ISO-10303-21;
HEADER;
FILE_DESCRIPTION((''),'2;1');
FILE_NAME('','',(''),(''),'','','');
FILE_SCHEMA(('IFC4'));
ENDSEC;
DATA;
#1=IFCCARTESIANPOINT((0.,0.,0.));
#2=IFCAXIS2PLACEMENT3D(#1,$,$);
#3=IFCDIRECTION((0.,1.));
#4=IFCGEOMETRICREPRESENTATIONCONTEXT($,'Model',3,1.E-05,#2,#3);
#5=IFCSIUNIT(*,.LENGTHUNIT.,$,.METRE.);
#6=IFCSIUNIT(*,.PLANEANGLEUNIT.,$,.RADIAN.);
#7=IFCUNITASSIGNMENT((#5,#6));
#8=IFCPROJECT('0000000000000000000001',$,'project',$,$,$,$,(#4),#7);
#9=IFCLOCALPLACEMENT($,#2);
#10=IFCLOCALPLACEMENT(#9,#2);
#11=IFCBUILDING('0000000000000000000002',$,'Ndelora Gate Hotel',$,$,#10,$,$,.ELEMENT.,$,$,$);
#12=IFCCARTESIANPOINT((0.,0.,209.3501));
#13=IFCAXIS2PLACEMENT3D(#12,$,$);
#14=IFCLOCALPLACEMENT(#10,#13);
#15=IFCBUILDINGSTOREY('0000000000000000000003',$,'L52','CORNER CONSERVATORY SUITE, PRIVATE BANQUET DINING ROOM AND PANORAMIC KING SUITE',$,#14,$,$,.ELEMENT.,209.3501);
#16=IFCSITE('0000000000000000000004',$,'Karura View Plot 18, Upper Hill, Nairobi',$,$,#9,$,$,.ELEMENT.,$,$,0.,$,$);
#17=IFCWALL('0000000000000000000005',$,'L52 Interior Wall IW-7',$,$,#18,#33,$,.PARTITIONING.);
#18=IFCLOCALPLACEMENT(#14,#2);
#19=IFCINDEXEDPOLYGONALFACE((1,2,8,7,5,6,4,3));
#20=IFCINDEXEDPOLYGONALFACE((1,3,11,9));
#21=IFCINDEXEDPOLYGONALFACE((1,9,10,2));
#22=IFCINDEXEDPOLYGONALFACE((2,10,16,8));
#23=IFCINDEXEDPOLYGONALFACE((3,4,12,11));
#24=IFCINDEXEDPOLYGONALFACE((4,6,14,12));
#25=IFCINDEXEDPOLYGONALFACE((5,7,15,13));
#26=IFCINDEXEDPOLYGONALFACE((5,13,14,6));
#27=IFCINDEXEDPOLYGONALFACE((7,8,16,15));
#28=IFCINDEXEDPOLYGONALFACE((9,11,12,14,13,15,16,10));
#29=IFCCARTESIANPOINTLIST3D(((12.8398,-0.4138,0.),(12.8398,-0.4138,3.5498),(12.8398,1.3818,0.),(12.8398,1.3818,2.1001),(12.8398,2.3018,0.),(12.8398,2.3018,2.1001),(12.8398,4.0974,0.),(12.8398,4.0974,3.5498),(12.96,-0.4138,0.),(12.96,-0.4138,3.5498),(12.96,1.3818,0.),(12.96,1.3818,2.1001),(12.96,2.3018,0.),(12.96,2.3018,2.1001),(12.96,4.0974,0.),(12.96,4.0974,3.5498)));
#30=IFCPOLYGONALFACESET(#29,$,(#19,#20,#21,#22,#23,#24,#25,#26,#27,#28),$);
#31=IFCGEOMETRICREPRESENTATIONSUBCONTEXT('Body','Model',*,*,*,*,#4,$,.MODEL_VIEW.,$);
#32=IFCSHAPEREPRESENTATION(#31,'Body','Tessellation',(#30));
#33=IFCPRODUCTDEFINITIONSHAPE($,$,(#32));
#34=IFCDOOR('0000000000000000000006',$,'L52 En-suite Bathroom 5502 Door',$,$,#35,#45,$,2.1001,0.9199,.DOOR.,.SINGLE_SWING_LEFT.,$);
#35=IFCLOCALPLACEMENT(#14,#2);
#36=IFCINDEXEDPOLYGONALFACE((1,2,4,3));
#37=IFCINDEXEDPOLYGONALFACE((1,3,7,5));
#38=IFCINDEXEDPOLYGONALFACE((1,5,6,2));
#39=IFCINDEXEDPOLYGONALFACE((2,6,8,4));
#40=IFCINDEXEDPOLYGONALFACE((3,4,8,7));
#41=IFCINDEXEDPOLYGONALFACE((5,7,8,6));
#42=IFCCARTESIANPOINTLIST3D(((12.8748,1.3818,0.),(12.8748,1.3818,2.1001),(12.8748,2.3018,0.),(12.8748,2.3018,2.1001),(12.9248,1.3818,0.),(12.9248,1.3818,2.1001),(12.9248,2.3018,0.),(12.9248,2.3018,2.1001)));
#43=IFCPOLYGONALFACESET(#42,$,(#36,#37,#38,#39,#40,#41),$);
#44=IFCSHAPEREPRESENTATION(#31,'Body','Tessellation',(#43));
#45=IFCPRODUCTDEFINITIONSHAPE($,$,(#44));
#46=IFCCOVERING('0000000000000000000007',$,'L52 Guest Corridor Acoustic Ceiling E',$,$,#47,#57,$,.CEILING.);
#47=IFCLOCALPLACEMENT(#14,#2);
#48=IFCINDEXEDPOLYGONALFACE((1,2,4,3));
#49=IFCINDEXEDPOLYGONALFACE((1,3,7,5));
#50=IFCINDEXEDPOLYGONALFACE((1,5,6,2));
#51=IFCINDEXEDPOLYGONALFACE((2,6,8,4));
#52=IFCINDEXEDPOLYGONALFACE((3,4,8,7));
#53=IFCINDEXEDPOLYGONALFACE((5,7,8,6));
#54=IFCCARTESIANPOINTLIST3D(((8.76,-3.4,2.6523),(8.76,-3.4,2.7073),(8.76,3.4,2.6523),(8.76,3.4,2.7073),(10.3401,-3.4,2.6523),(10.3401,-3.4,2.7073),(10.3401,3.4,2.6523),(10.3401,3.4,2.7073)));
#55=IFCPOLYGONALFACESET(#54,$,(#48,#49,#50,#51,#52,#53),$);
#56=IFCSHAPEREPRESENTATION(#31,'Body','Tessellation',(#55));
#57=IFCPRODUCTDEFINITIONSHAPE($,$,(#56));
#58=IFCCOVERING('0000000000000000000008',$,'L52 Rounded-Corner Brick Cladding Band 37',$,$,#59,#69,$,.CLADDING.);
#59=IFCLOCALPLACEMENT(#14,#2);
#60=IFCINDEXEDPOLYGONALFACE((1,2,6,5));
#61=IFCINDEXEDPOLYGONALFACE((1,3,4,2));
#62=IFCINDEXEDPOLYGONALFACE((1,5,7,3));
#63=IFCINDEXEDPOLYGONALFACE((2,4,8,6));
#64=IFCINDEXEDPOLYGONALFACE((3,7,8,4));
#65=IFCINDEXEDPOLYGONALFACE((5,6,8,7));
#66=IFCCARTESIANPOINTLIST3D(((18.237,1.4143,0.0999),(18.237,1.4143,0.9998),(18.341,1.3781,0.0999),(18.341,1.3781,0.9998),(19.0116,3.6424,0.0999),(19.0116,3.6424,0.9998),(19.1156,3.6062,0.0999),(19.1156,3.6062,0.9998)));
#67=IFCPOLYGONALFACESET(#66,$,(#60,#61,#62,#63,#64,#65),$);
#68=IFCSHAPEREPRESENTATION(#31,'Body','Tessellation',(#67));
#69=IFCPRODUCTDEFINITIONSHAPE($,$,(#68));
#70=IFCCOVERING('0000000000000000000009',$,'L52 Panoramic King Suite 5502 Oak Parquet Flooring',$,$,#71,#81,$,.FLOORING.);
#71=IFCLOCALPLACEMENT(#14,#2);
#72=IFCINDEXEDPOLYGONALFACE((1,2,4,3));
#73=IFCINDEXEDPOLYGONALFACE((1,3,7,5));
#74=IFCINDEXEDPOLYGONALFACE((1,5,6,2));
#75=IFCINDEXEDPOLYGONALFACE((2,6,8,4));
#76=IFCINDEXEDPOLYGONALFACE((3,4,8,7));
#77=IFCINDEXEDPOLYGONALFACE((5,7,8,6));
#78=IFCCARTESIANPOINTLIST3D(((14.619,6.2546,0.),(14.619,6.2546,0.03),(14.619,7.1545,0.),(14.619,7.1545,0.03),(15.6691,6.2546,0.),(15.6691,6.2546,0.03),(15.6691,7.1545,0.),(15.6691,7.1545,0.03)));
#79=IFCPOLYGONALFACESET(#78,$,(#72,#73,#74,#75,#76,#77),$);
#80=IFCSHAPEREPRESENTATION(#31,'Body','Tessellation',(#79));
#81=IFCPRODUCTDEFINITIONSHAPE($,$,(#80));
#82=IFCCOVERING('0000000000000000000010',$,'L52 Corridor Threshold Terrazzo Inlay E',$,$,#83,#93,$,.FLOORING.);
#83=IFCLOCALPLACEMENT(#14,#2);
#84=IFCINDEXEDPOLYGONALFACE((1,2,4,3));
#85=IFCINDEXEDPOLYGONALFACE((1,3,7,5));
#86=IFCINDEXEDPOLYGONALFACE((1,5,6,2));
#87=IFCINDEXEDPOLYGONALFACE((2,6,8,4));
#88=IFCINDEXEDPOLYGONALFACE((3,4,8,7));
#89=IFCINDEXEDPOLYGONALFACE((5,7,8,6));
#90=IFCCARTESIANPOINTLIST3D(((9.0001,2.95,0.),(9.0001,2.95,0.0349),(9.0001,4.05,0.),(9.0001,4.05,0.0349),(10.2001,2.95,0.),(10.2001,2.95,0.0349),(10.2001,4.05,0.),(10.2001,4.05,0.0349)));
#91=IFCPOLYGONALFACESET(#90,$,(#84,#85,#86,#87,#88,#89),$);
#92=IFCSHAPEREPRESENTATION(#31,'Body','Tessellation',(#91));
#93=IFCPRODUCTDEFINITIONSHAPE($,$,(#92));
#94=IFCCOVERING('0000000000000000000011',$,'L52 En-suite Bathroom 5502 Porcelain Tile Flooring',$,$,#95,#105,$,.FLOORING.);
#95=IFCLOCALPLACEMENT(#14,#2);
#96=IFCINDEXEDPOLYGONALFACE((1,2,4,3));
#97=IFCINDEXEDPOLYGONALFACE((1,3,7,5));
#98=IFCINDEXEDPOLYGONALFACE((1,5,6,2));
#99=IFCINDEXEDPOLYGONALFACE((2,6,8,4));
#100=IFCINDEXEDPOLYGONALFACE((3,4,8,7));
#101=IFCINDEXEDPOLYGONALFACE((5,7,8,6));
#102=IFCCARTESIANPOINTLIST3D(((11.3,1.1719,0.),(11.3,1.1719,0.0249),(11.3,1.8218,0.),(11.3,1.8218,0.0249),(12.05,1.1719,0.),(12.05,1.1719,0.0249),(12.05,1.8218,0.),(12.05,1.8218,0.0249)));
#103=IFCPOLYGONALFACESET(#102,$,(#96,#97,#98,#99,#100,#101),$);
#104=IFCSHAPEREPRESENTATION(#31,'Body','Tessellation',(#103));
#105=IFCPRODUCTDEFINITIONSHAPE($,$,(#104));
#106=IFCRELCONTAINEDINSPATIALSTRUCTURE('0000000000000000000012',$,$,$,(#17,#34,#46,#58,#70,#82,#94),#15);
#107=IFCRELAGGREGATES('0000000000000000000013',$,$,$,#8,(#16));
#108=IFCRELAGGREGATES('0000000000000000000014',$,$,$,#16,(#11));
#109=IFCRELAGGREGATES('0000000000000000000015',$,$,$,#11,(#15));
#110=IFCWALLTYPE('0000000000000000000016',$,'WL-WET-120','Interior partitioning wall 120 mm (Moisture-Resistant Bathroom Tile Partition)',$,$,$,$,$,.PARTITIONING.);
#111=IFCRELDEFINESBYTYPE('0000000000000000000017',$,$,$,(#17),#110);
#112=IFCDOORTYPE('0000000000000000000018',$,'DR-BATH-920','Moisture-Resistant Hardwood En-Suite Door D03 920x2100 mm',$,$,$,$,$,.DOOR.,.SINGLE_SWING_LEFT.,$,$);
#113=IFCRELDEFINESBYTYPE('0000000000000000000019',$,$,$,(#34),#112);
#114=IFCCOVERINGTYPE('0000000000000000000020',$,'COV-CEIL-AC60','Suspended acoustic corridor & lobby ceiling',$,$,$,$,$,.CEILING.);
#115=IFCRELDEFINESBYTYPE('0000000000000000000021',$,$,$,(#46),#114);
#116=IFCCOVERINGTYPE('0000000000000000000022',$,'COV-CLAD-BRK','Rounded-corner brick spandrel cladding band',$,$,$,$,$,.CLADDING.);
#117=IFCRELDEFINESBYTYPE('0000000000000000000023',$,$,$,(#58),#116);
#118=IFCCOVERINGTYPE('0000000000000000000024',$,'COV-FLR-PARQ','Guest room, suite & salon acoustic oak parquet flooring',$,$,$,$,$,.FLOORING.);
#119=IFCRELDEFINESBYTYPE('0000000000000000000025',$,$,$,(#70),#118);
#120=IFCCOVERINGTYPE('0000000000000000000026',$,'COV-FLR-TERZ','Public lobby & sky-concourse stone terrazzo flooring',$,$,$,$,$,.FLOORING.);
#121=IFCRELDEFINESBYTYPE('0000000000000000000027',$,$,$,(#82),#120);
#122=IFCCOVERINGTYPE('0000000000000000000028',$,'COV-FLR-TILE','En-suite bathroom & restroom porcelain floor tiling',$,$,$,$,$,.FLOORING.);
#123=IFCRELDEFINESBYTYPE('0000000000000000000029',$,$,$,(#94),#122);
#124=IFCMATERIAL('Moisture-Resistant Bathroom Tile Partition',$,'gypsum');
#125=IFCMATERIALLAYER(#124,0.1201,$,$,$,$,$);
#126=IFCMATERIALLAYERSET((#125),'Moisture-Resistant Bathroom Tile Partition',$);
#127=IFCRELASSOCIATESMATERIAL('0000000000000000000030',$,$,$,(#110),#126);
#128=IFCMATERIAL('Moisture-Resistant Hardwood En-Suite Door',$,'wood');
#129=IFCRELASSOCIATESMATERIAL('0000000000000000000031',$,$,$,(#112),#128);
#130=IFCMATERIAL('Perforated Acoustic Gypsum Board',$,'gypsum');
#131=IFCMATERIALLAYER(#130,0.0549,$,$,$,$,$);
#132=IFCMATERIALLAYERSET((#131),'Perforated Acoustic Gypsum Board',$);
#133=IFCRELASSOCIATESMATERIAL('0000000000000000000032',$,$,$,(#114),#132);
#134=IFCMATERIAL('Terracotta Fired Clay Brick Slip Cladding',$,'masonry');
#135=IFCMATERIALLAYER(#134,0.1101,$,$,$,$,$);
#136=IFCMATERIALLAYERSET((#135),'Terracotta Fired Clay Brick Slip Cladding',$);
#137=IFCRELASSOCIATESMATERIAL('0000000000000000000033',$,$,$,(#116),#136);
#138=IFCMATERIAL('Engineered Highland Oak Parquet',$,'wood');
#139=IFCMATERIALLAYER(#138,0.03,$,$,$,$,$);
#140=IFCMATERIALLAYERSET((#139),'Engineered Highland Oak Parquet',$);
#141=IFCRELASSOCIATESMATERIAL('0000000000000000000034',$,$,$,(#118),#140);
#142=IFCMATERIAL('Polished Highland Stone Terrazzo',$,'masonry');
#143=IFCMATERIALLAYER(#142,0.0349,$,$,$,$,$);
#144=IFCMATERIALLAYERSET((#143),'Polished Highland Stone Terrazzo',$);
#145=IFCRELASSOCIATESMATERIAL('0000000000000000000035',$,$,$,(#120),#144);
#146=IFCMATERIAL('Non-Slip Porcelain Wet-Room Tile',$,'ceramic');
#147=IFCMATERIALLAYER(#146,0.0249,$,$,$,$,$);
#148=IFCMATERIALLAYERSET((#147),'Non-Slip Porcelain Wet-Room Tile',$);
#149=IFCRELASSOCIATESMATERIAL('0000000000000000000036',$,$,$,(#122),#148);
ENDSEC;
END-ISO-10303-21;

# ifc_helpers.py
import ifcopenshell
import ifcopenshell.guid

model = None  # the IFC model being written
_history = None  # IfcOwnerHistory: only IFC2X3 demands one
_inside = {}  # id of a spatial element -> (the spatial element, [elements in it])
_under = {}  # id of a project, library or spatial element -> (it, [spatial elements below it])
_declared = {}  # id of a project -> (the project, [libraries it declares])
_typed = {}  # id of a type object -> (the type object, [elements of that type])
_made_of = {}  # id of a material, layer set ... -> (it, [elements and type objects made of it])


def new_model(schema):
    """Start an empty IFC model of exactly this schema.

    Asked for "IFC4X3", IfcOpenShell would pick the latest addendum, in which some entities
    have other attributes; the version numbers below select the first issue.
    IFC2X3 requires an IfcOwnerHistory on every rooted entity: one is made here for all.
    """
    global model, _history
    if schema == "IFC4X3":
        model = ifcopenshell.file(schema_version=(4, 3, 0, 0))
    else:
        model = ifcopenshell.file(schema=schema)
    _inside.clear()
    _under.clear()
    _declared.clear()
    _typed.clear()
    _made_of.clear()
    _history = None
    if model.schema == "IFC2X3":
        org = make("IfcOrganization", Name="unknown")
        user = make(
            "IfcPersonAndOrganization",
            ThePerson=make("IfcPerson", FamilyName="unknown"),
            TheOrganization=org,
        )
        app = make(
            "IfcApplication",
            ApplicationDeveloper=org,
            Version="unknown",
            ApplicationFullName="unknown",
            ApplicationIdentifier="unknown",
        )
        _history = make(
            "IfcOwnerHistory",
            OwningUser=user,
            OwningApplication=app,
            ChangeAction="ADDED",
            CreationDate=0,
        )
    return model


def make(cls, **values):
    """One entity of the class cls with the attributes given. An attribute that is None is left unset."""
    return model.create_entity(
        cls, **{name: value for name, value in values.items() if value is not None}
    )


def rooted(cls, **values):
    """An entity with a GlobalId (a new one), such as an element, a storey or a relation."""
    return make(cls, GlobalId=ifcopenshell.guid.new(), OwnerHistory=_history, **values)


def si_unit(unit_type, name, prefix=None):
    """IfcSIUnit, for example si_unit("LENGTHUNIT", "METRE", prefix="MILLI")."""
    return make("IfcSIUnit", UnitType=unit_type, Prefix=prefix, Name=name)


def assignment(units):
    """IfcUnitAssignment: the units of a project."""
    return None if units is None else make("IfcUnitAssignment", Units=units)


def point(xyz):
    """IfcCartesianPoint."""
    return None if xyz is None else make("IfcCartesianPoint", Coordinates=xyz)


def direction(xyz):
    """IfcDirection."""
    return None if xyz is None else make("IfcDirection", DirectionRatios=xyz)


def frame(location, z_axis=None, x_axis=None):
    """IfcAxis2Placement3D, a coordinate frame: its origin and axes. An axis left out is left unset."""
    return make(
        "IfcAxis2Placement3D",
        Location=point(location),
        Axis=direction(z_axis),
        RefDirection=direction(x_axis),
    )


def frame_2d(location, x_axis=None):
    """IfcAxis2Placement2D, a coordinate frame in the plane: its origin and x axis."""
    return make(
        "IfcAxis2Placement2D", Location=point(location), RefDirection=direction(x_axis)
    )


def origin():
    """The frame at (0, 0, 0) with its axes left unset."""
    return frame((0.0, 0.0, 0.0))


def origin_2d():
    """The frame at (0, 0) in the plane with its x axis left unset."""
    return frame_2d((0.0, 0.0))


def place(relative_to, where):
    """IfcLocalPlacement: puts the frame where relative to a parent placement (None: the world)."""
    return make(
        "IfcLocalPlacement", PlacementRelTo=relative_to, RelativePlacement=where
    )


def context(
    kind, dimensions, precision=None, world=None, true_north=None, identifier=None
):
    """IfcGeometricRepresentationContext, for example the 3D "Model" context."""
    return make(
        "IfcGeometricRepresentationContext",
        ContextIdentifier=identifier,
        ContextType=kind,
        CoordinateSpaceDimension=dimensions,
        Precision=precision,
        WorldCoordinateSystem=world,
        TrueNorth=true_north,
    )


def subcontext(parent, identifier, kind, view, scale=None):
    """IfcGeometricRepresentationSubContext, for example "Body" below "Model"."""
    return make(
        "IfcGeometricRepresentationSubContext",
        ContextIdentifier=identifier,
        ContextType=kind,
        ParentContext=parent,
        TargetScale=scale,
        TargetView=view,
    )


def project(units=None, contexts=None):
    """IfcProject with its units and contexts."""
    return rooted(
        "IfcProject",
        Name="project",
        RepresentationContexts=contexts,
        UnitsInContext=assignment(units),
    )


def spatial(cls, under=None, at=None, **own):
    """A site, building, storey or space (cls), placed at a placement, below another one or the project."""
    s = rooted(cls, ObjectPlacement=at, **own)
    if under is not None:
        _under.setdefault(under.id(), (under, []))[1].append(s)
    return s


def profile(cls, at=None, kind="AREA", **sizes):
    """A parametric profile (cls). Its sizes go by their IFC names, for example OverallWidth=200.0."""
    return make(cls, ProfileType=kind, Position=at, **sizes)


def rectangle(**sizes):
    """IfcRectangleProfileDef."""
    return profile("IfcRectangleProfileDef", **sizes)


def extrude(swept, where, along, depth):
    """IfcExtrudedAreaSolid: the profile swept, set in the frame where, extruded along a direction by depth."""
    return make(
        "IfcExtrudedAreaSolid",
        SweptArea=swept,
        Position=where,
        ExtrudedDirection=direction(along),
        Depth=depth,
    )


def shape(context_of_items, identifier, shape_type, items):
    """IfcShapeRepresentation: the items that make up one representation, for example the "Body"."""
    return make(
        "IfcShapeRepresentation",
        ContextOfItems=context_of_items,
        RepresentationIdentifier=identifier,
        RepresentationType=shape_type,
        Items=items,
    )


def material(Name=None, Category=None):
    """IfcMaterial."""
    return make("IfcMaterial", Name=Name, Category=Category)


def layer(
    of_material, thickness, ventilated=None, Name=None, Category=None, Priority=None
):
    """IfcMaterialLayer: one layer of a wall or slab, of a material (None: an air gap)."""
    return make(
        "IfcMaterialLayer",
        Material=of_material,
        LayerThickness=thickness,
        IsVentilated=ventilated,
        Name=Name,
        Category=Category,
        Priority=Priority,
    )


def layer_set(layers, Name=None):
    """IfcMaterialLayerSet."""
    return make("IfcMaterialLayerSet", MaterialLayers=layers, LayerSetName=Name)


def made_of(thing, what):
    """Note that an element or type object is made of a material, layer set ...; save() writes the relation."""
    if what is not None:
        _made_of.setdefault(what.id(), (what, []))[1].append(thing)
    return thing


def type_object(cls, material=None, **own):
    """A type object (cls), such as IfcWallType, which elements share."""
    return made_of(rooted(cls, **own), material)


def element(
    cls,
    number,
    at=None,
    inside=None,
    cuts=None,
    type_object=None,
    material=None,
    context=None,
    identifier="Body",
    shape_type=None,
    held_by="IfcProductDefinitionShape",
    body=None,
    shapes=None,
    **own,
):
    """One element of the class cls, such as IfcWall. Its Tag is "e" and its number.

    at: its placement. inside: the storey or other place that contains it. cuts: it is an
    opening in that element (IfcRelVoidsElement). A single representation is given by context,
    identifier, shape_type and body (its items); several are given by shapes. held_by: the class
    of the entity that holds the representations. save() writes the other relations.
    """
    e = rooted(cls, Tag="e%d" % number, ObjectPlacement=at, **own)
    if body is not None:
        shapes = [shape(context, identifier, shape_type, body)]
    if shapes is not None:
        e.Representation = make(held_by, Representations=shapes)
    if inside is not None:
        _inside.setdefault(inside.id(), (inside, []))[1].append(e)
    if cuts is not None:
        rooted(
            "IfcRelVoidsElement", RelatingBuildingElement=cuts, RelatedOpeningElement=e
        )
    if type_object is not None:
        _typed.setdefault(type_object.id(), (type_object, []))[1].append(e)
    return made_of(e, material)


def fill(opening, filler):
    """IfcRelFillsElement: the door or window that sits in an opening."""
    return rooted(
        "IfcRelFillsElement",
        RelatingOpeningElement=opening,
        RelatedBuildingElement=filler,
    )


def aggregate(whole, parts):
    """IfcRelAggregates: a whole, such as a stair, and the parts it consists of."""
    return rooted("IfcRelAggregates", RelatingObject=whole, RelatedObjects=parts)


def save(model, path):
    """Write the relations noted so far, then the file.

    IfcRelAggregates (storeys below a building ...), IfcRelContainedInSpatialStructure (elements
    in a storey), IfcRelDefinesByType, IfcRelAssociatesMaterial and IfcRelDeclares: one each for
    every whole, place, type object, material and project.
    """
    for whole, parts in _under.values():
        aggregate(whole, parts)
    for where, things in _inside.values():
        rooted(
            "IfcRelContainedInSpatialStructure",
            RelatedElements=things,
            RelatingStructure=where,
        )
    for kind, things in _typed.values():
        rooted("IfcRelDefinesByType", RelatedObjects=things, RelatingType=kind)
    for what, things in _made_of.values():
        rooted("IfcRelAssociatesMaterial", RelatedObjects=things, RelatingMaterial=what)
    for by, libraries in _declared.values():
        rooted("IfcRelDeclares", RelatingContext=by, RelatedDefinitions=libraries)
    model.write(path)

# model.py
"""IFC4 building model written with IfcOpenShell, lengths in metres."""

from ifc_helpers import new_model, si_unit, direction, frame, frame_2d, origin, origin_2d, place, context, subcontext, project, spatial, rectangle, extrude, material, layer, layer_set, type_object, element, fill, save


model = new_model("IFC4")

# Units and contexts
model_context = context("Model", 3, precision=1e-05, world=origin(), true_north=direction((0.0, 1.0)))
body_context = subcontext(model_context, "Body", "Model", "MODEL_VIEW")
ifc_project = project(units=[si_unit("LENGTHUNIT", "METRE"), si_unit("PLANEANGLEUNIT", "RADIAN")], contexts=[model_context])

# Site, building, storey
site_placement = place(None, origin())
site = spatial("IfcSite", under=ifc_project, at=site_placement, Name="Karura View Plot 18, Upper Hill, Nairobi", CompositionType="ELEMENT", RefElevation=0.0)
building_placement = place(site_placement, origin())
building = spatial("IfcBuilding", under=site, at=building_placement, Name="Ndelora Gate Hotel", CompositionType="ELEMENT")
storey_placement = place(building_placement, frame((0.0, 0.0, 209.3501)))
storey = spatial("IfcBuildingStorey", under=building, at=storey_placement, Name="L52", Description="CORNER CONSERVATORY SUITE, PRIVATE BANQUET DINING ROOM AND PANORAMIC KING SUITE", CompositionType="ELEMENT", Elevation=209.3501)

# Shared definitions
ifc_material_1 = material(Name="Moisture-Resistant Bathroom Tile Partition", Category="gypsum")
ifc_layer_1 = layer(ifc_material_1, 0.1201)
ifc_layer_set_1 = layer_set([ifc_layer_1], Name="Moisture-Resistant Bathroom Tile Partition")
wall_type_1 = type_object("IfcWallType", Name="WL-WET-120", Description="Interior partitioning wall 120 mm (Moisture-Resistant Bathroom Tile Partition)", PredefinedType="PARTITIONING", material=ifc_layer_set_1)

# Wall, opening, door
wall_1_placement = place(storey_placement, frame((12.8999, 4.0974, 0.0), z_axis=(0.0, 0.0, 1.0), x_axis=(0.0, -1.0, 0.0)))
wall_1 = element("IfcWall", 1, at=wall_1_placement, inside=storey, type_object=wall_type_1, Name="L52 Interior Wall IW-7", PredefinedType="PARTITIONING", context=body_context, shape_type="SweptSolid", body=[
    extrude(rectangle(XDim=4.5112, YDim=0.1201, at=frame_2d((2.2556, 0.0))), origin(), (0.0, 0.0, 1.0), 3.5498),
])
opening_1_placement = place(wall_1_placement, frame((1.7957, 0.0, 0.0)))
opening_1 = element("IfcOpeningElement", 2, at=opening_1_placement, cuts=wall_1, PredefinedType="OPENING", context=body_context, shape_type="SweptSolid", body=[
    extrude(rectangle(XDim=0.9199, YDim=2.1001, at=frame_2d((0.46, 1.05))), frame((0.0, 0.0701, 0.0), z_axis=(0.0, -1.0, 0.0), x_axis=(1.0, 0.0, 0.0)), (0.0, 0.0, 1.0), 0.1401),
])
ifc_material_2 = material(Name="Moisture-Resistant Hardwood En-Suite Door", Category="wood")
door_type_1 = type_object("IfcDoorType", Name="DR-BATH-920", Description="Moisture-Resistant Hardwood En-Suite Door D03 920x2100 mm", OperationType="SINGLE_SWING_LEFT", PredefinedType="DOOR", material=ifc_material_2)
door_1_placement = place(opening_1_placement, origin())
door_1 = element("IfcDoor", 3, at=door_1_placement, inside=storey, type_object=door_type_1, Name="L52 En-suite Bathroom 5502 Door", OperationType="SINGLE_SWING_LEFT", OverallHeight=2.1001, OverallWidth=0.9199, PredefinedType="DOOR", context=body_context, shape_type="SweptSolid", body=[
    extrude(rectangle(XDim=0.9199, YDim=2.1001, at=frame_2d((0.46, 1.05))), frame((0.0, 0.0249, 0.0), z_axis=(0.0, -1.0, 0.0), x_axis=(1.0, 0.0, 0.0)), (0.0, 0.0, 1.0), 0.05),
])
fill(opening_1, door_1)

# Coverings
ifc_material_3 = material(Name="Perforated Acoustic Gypsum Board", Category="gypsum")
ifc_layer_2 = layer(ifc_material_3, 0.0549)
ifc_layer_set_2 = layer_set([ifc_layer_2], Name="Perforated Acoustic Gypsum Board")
covering_type_1 = type_object("IfcCoveringType", Name="COV-CEIL-AC60", Description="Suspended acoustic corridor & lobby ceiling", PredefinedType="CEILING", material=ifc_layer_set_2)
covering_1_placement = place(storey_placement, frame((9.55, 0.0, 2.6523), z_axis=(0.0, 0.0, 1.0), x_axis=(1.0, 0.0, 0.0)))
element("IfcCovering", 4, at=covering_1_placement, inside=storey, type_object=covering_type_1, Name="L52 Guest Corridor Acoustic Ceiling E", PredefinedType="CEILING", context=body_context, shape_type="SweptSolid", body=[
    extrude(rectangle(XDim=1.5801, YDim=6.8, at=origin_2d()), origin(), (0.0, 0.0, 1.0), 0.0549),
])
ifc_material_4 = material(Name="Terracotta Fired Clay Brick Slip Cladding", Category="masonry")
ifc_layer_3 = layer(ifc_material_4, 0.1101)
ifc_layer_set_3 = layer_set([ifc_layer_3], Name="Terracotta Fired Clay Brick Slip Cladding")
covering_type_2 = type_object("IfcCoveringType", Name="COV-CLAD-BRK", Description="Rounded-corner brick spandrel cladding band", PredefinedType="CLADDING", material=ifc_layer_set_3)
covering_2_placement = place(storey_placement, frame((18.6763, 2.5103, 0.0999), z_axis=(0.0, 0.0, 1.0), x_axis=(0.328372, 0.944548, 0.0)))
element("IfcCovering", 5, at=covering_2_placement, inside=storey, type_object=covering_type_2, Name="L52 Rounded-Corner Brick Cladding Band 37", PredefinedType="CLADDING", context=body_context, shape_type="SweptSolid", body=[
    extrude(rectangle(XDim=2.3589, YDim=0.1101, at=origin_2d()), origin(), (0.0, 0.0, 1.0), 0.8999),
])
ifc_material_5 = material(Name="Engineered Highland Oak Parquet", Category="wood")
ifc_layer_4 = layer(ifc_material_5, 0.03)
ifc_layer_set_4 = layer_set([ifc_layer_4], Name="Engineered Highland Oak Parquet")
covering_type_3 = type_object("IfcCoveringType", Name="COV-FLR-PARQ", Description="Guest room, suite & salon acoustic oak parquet flooring", PredefinedType="FLOORING", material=ifc_layer_set_4)
covering_3_placement = place(storey_placement, frame((15.144, 6.7046, 0.0), z_axis=(0.0, 0.0, 1.0), x_axis=(1.0, 0.0, 0.0)))
element("IfcCovering", 6, at=covering_3_placement, inside=storey, type_object=covering_type_3, Name="L52 Panoramic King Suite 5502 Oak Parquet Flooring", PredefinedType="FLOORING", context=body_context, shape_type="SweptSolid", body=[
    extrude(rectangle(XDim=1.05, YDim=0.8999, at=origin_2d()), origin(), (0.0, 0.0, 1.0), 0.03),
])
ifc_material_6 = material(Name="Polished Highland Stone Terrazzo", Category="masonry")
ifc_layer_5 = layer(ifc_material_6, 0.0349)
ifc_layer_set_5 = layer_set([ifc_layer_5], Name="Polished Highland Stone Terrazzo")
covering_type_4 = type_object("IfcCoveringType", Name="COV-FLR-TERZ", Description="Public lobby & sky-concourse stone terrazzo flooring", PredefinedType="FLOORING", material=ifc_layer_set_5)
covering_4_placement = place(storey_placement, frame((9.6001, 3.5, 0.0), z_axis=(0.0, 0.0, 1.0), x_axis=(1.0, 0.0, 0.0)))
element("IfcCovering", 7, at=covering_4_placement, inside=storey, type_object=covering_type_4, Name="L52 Corridor Threshold Terrazzo Inlay E", PredefinedType="FLOORING", context=body_context, shape_type="SweptSolid", body=[
    extrude(rectangle(XDim=1.2, YDim=1.1001, at=origin_2d()), origin(), (0.0, 0.0, 1.0), 0.0349),
])
ifc_material_7 = material(Name="Non-Slip Porcelain Wet-Room Tile", Category="ceramic")
ifc_layer_6 = layer(ifc_material_7, 0.0249)
ifc_layer_set_6 = layer_set([ifc_layer_6], Name="Non-Slip Porcelain Wet-Room Tile")
covering_type_5 = type_object("IfcCoveringType", Name="COV-FLR-TILE", Description="En-suite bathroom & restroom porcelain floor tiling", PredefinedType="FLOORING", material=ifc_layer_set_6)
covering_5_placement = place(storey_placement, frame((11.675, 1.4968, 0.0), z_axis=(0.0, 0.0, 1.0), x_axis=(1.0, 0.0, 0.0)))
element("IfcCovering", 8, at=covering_5_placement, inside=storey, type_object=covering_type_5, Name="L52 En-suite Bathroom 5502 Porcelain Tile Flooring", PredefinedType="FLOORING", context=body_context, shape_type="SweptSolid", body=[
    extrude(rectangle(XDim=0.75, YDim=0.6499, at=origin_2d()), origin(), (0.0, 0.0, 1.0), 0.0249),
])

save(model, "model.ifc")
